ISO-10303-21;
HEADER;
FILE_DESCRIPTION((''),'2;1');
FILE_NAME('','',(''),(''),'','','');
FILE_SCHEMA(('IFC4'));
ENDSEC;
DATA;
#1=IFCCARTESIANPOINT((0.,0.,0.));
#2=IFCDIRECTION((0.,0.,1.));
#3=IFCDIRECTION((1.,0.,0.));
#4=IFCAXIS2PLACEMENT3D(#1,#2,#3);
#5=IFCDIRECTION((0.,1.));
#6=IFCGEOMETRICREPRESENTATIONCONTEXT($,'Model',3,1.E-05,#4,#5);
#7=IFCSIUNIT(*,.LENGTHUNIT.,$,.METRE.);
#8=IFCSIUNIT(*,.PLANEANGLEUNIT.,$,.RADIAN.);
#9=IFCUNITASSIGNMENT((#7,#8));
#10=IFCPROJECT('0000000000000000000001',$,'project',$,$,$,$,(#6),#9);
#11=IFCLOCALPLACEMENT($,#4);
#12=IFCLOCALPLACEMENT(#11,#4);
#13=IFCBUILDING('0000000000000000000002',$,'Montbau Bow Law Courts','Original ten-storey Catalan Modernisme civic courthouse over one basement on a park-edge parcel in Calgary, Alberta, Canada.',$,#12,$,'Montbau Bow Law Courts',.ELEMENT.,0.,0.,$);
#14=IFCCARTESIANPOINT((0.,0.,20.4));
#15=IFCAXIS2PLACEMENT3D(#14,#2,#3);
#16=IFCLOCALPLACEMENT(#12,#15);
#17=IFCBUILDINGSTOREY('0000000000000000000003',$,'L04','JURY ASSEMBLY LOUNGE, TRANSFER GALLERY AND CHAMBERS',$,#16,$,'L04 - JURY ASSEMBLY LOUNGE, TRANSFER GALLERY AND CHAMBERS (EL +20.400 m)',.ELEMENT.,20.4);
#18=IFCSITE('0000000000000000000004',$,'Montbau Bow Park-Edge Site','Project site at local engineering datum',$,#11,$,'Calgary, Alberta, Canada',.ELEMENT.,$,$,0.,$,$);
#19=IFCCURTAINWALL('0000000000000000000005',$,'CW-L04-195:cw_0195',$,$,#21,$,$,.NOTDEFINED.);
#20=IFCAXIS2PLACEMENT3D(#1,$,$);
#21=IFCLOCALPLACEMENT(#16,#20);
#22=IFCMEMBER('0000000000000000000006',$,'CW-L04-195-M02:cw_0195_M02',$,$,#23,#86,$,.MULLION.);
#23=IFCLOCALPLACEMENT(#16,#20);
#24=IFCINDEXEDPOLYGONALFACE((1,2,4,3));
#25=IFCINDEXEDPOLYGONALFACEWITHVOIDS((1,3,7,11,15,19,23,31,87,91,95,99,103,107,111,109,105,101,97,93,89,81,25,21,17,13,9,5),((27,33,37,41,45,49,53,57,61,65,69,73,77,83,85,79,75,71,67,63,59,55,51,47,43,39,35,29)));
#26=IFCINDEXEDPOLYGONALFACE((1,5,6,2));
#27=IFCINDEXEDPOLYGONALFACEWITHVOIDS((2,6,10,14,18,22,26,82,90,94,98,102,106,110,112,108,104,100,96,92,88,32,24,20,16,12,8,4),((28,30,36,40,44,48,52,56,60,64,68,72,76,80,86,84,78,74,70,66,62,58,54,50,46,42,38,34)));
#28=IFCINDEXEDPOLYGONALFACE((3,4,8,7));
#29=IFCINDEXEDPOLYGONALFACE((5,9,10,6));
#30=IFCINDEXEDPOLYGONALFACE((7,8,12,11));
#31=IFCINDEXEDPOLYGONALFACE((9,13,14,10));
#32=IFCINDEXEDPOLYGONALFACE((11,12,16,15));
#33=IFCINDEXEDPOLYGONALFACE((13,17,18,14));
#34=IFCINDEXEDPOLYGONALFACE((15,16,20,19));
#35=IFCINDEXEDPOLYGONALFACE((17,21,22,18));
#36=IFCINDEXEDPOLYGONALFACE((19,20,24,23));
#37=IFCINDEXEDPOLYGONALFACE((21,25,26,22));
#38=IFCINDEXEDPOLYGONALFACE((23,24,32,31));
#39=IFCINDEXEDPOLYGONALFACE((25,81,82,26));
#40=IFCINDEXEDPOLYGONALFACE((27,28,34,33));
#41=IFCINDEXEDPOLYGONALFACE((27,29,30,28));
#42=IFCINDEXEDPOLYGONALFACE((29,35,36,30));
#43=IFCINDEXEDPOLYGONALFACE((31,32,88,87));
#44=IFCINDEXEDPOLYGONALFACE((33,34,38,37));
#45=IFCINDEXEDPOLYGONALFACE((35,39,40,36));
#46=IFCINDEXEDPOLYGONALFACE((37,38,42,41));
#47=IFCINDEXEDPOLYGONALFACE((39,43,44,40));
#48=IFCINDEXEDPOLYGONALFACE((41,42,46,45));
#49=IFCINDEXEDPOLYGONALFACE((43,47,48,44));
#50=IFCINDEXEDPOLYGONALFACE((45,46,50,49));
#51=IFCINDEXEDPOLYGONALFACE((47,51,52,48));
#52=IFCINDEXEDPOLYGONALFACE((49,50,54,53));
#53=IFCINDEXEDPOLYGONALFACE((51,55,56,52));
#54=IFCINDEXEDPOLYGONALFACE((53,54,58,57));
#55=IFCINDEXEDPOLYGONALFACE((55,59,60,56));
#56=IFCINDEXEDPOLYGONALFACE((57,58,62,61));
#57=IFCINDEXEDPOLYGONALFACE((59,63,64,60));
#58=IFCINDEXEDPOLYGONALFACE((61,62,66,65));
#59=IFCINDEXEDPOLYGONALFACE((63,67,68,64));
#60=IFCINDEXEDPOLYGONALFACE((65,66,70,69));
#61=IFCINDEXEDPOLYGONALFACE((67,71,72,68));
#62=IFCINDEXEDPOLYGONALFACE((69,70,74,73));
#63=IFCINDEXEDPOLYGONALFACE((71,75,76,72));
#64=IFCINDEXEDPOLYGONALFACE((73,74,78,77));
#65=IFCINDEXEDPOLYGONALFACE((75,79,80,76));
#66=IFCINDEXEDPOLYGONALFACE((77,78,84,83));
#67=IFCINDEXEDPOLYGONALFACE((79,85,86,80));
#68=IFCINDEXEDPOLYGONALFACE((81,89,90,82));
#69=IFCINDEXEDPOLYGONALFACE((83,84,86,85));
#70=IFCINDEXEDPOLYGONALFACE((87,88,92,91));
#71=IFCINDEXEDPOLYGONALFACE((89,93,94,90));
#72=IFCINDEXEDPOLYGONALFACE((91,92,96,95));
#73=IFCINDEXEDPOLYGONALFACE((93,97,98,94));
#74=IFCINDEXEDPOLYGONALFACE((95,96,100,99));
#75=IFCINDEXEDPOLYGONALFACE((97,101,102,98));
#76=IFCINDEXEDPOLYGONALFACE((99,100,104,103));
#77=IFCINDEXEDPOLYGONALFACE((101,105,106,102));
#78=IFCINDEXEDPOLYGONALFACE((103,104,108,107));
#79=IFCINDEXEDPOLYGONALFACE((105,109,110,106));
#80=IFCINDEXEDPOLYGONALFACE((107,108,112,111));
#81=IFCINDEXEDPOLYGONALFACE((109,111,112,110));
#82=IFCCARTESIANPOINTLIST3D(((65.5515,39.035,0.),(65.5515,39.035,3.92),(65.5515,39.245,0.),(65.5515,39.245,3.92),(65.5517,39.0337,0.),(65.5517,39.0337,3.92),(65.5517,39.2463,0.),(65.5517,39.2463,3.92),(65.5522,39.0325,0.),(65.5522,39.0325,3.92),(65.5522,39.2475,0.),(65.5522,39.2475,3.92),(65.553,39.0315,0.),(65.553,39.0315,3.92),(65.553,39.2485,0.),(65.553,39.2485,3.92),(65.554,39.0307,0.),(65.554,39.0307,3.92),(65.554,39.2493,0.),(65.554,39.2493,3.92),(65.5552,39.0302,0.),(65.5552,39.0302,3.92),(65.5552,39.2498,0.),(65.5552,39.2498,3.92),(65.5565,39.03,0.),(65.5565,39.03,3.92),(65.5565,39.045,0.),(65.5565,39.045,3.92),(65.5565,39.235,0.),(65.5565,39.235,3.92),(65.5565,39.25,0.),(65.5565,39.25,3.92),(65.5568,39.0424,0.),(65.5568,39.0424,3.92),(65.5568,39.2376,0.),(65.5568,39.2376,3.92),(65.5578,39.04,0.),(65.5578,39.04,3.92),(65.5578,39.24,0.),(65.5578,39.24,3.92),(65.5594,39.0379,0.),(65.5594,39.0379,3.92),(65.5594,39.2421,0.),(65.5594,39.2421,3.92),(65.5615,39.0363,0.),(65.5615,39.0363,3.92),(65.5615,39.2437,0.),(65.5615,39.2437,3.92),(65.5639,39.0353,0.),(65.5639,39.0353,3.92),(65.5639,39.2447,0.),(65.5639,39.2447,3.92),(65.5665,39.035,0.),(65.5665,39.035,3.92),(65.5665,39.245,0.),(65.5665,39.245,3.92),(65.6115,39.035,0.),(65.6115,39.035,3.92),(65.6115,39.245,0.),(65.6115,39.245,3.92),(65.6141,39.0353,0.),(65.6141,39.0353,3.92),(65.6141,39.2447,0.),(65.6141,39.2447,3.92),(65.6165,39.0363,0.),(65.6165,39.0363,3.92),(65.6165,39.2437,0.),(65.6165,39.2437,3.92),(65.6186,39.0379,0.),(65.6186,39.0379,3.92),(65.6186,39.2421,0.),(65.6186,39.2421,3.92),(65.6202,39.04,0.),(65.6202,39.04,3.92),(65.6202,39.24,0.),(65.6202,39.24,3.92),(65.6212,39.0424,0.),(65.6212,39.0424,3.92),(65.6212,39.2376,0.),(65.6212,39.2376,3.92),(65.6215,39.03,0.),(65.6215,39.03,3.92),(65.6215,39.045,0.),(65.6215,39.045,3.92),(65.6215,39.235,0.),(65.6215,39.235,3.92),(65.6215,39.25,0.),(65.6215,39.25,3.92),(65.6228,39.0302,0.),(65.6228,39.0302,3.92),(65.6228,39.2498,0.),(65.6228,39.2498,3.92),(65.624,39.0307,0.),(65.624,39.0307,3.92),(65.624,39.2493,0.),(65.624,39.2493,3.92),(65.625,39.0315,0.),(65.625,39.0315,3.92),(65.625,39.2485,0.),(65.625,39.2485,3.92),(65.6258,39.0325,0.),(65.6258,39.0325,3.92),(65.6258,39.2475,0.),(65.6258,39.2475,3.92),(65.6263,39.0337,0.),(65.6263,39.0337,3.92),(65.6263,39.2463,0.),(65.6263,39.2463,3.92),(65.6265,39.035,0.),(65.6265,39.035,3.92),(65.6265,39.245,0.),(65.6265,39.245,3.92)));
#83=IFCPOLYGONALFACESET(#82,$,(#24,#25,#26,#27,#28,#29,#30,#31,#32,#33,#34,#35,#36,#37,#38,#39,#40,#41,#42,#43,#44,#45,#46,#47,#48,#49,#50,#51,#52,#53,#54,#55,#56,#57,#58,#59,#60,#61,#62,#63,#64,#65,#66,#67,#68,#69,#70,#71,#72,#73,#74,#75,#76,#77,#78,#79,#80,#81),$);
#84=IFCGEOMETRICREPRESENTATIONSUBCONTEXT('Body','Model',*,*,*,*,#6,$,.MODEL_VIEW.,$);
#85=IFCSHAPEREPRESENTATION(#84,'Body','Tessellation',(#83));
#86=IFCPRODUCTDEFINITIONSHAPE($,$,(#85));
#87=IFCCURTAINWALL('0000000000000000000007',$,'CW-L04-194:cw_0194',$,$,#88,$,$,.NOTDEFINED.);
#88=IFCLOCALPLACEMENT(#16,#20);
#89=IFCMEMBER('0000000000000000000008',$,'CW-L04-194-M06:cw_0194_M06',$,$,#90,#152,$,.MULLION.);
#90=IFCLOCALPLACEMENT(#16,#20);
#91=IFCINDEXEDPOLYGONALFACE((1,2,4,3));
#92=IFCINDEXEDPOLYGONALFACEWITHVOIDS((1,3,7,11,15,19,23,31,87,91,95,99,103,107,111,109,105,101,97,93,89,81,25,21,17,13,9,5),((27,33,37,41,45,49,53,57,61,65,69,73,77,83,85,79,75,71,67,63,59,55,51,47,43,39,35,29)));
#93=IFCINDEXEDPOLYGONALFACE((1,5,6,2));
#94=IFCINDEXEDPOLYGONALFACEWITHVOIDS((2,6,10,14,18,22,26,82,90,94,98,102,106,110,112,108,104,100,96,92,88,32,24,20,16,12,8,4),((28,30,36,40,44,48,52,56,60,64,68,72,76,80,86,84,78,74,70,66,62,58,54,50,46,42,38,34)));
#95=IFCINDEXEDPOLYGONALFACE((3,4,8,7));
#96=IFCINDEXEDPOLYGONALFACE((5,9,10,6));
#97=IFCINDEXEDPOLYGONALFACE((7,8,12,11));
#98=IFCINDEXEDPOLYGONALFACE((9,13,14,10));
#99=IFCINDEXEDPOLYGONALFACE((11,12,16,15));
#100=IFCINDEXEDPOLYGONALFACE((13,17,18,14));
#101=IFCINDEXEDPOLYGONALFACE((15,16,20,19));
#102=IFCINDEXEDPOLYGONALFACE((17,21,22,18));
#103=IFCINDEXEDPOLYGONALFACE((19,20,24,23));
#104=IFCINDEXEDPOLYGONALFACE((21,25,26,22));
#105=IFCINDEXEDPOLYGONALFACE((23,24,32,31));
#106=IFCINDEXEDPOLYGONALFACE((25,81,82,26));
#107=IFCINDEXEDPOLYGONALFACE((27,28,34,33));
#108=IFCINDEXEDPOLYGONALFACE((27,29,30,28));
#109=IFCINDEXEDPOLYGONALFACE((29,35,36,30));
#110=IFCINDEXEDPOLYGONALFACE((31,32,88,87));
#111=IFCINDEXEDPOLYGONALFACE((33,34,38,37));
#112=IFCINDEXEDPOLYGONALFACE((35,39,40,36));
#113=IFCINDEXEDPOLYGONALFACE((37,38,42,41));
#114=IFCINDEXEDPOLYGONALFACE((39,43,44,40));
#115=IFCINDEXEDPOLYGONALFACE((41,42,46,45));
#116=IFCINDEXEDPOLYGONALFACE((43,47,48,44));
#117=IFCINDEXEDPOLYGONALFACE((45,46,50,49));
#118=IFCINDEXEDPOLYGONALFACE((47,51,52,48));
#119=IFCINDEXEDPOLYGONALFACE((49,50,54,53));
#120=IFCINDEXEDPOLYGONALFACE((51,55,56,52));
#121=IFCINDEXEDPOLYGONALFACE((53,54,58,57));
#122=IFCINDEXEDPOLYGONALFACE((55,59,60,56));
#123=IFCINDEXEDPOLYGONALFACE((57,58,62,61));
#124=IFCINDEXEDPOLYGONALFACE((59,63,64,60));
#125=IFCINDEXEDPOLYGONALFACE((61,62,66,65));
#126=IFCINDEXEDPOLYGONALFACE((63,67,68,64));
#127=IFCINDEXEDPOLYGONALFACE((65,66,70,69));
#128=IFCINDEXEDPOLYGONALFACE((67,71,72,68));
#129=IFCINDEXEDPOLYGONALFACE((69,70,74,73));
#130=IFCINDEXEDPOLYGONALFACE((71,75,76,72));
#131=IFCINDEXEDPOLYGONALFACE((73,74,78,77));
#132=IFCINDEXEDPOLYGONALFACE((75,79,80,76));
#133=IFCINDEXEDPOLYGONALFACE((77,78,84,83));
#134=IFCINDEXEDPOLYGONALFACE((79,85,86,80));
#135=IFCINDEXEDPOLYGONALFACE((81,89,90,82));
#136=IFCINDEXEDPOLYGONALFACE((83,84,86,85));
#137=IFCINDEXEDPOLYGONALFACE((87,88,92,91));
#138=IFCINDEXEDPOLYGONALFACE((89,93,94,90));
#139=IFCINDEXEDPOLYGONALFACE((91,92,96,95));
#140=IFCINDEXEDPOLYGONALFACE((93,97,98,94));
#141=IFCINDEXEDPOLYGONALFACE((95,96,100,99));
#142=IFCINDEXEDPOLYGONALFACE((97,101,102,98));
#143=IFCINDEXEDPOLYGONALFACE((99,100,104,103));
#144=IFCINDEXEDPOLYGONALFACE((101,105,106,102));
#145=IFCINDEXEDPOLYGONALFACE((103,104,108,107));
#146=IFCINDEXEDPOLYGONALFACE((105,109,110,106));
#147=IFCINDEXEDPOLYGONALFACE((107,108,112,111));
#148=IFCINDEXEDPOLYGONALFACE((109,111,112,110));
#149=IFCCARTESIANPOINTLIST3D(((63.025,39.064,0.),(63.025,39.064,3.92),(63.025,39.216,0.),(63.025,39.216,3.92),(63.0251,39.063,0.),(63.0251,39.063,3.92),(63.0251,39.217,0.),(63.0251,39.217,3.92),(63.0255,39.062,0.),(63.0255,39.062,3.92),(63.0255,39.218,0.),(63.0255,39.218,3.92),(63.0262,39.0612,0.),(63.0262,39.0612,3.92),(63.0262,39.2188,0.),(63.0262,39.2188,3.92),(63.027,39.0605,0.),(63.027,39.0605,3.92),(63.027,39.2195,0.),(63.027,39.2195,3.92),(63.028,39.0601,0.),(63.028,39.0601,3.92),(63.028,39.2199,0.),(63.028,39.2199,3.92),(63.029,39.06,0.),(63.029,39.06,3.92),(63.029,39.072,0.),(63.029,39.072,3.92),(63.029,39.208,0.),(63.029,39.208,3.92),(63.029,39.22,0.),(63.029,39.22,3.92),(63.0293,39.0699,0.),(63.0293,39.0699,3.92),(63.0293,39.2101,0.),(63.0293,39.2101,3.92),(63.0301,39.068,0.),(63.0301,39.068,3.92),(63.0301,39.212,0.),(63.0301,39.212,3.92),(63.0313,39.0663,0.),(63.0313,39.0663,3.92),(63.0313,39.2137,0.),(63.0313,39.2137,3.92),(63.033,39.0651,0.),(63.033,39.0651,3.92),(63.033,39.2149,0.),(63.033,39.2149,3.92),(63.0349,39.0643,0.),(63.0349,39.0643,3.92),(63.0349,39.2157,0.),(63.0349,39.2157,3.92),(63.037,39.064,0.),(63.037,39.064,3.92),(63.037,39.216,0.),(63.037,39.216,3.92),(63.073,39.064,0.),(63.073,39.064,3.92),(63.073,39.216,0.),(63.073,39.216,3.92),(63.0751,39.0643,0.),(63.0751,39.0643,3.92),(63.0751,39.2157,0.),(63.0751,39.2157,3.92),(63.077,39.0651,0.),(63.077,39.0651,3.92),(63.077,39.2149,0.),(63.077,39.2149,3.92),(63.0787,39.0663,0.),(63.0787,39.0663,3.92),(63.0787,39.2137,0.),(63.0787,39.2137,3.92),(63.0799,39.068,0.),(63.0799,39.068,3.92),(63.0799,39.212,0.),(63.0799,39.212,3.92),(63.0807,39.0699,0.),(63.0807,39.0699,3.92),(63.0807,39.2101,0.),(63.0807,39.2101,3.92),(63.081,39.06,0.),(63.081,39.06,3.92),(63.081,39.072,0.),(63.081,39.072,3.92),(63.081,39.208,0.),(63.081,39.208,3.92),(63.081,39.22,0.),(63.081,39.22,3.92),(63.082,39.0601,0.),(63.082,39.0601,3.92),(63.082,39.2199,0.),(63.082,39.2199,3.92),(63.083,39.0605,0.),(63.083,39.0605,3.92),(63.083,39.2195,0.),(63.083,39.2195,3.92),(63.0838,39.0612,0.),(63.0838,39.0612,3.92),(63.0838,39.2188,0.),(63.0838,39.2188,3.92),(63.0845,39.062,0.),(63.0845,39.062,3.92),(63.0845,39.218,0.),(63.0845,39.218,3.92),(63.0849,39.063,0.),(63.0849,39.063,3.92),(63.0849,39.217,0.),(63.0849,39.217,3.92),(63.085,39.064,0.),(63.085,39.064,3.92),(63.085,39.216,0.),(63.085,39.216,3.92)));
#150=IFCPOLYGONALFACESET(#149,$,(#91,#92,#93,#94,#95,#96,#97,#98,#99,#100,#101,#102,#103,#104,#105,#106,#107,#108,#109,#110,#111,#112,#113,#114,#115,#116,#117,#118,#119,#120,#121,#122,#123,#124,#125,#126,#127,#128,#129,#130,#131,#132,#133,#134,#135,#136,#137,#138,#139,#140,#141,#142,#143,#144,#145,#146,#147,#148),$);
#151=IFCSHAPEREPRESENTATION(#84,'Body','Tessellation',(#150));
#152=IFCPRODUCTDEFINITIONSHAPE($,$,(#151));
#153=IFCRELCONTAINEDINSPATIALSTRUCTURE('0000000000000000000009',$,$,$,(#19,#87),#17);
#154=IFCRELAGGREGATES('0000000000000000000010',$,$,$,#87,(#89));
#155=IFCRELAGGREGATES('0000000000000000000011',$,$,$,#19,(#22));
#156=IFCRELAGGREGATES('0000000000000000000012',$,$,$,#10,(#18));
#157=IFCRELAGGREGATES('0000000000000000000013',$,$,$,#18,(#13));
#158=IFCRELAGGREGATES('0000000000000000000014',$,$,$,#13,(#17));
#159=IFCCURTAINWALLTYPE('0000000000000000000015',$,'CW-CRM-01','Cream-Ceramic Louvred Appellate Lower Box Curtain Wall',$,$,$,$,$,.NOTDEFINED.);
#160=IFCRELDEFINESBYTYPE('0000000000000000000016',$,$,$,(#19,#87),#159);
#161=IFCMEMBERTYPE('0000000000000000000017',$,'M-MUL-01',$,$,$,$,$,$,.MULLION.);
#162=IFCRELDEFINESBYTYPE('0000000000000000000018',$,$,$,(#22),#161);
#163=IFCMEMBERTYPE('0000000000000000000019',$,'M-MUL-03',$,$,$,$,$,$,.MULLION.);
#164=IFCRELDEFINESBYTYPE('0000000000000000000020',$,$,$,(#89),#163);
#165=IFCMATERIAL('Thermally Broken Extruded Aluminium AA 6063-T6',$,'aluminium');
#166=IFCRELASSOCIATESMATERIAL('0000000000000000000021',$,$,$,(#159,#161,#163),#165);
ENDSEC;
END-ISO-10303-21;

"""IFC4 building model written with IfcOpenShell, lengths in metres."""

from ifc_helpers import new_model, si_unit, direction, frame, origin_with_axes, origin_2d_with_axis, place, context, subcontext, project, spatial, hollow_rectangle, extrude, material, material_profile, profile_set, type_object, element, aggregate, save


model = new_model("IFC4")

# Units and contexts
model_context = context("Model", 3, precision=1e-05, world=origin_with_axes(), true_north=direction((0.0, 1.0)))
body_context = subcontext(model_context, "Body", "Model", "MODEL_VIEW")
ifc_project = project(units=[si_unit("LENGTHUNIT", "METRE"), si_unit("PLANEANGLEUNIT", "RADIAN")], contexts=[model_context])

# Site, building, storey
site_placement = place(None, origin_with_axes())
site = spatial("IfcSite", under=ifc_project, at=site_placement, Name="Montbau Bow Park-Edge Site", Description="Project site at local engineering datum", LongName="Calgary, Alberta, Canada", CompositionType="ELEMENT", RefElevation=0.0)
building_placement = place(site_placement, origin_with_axes())
building = spatial("IfcBuilding", under=site, at=building_placement, Name="Montbau Bow Law Courts", Description="Original ten-storey Catalan Modernisme civic courthouse over one basement on a park-edge parcel in Calgary, Alberta, Canada.", LongName="Montbau Bow Law Courts", CompositionType="ELEMENT", ElevationOfRefHeight=0.0, ElevationOfTerrain=0.0)
storey_placement = place(building_placement, frame((0.0, 0.0, 20.4), z_axis=(0.0, 0.0, 1.0), x_axis=(1.0, 0.0, 0.0)))
storey = spatial("IfcBuildingStorey", under=building, at=storey_placement, Name="L04", Description="JURY ASSEMBLY LOUNGE, TRANSFER GALLERY AND CHAMBERS", LongName="L04 - JURY ASSEMBLY LOUNGE, TRANSFER GALLERY AND CHAMBERS (EL +20.400 m)", CompositionType="ELEMENT", Elevation=20.4)

# Curtain wall, member
ifc_material_1 = material(Name="Thermally Broken Extruded Aluminium AA 6063-T6", Category="aluminium")
curtain_wall_type = type_object("IfcCurtainWallType", Name="CW-CRM-01", Description="Cream-Ceramic Louvred Appellate Lower Box Curtain Wall", PredefinedType="NOTDEFINED", material=ifc_material_1)
curtain_wall_1_placement = place(None, frame((64.115, 39.14, 20.4), z_axis=(0.0, 0.0, 1.0), x_axis=(1.0, 0.0, 0.0)))
curtain_wall_1 = element("IfcCurtainWall", 1, at=curtain_wall_1_placement, inside=storey, type_object=curtain_wall_type, Name="CW-L04-195:cw_0195", PredefinedType="NOTDEFINED")
ifc_material_profile_1 = material_profile(ifc_material_1, hollow_rectangle(XDim=0.075, YDim=0.22, WallThickness=0.005, InnerFilletRadius=0.01, OuterFilletRadius=0.005, at=origin_2d_with_axis()), Name="CWM-220X75", Category="Main", Priority=0)
ifc_profile_set_1 = profile_set([ifc_material_profile_1], Name="Thermally Broken Extruded Aluminium AA 6063-T6")
member_type_1 = type_object("IfcMemberType", Name="M-MUL-01", PredefinedType="MULLION", material=ifc_profile_set_1)
member_1_placement = place(None, frame((65.589, 39.14, 20.4), z_axis=(0.0, 0.0, 1.0), x_axis=(1.0, 0.0, 0.0)))
member_1 = element("IfcMember", 2, at=member_1_placement, type_object=member_type_1, Name="CW-L04-195-M02:cw_0195_M02", PredefinedType="MULLION", context=body_context, shape_type="SweptSolid", body=[
    extrude(hollow_rectangle(XDim=0.075, YDim=0.22, WallThickness=0.005, InnerFilletRadius=0.01, OuterFilletRadius=0.005, at=origin_2d_with_axis()), origin_with_axes(), (0.0, 0.0, 1.0), 3.92),
])

# Curtain wall, member
curtain_wall_2_placement = place(None, frame((55.715, 39.14, 20.4), z_axis=(0.0, 0.0, 1.0), x_axis=(1.0, 0.0, 0.0)))
curtain_wall_2 = element("IfcCurtainWall", 3, at=curtain_wall_2_placement, inside=storey, type_object=curtain_wall_type, Name="CW-L04-194:cw_0194", PredefinedType="NOTDEFINED")
ifc_material_profile_2 = material_profile(ifc_material_1, hollow_rectangle(XDim=0.06, YDim=0.16, WallThickness=0.004, InnerFilletRadius=0.008, OuterFilletRadius=0.004, at=origin_2d_with_axis()), Name="CWM-160X60", Category="Main", Priority=0)
ifc_profile_set_2 = profile_set([ifc_material_profile_2], Name="Thermally Broken Extruded Aluminium AA 6063-T6")
member_type_2 = type_object("IfcMemberType", Name="M-MUL-03", PredefinedType="MULLION", material=ifc_profile_set_2)
member_2_placement = place(None, frame((63.055, 39.14, 20.4), z_axis=(0.0, 0.0, 1.0), x_axis=(1.0, 0.0, 0.0)))
member_2 = element("IfcMember", 4, at=member_2_placement, type_object=member_type_2, Name="CW-L04-194-M06:cw_0194_M06", PredefinedType="MULLION", context=body_context, shape_type="SweptSolid", body=[
    extrude(hollow_rectangle(XDim=0.06, YDim=0.16, WallThickness=0.004, InnerFilletRadius=0.008, OuterFilletRadius=0.004, at=origin_2d_with_axis()), origin_with_axes(), (0.0, 0.0, 1.0), 3.92),
])
aggregate(curtain_wall_2, [member_2])

aggregate(curtain_wall_1, [member_1])

save(model, "model.ifc")
